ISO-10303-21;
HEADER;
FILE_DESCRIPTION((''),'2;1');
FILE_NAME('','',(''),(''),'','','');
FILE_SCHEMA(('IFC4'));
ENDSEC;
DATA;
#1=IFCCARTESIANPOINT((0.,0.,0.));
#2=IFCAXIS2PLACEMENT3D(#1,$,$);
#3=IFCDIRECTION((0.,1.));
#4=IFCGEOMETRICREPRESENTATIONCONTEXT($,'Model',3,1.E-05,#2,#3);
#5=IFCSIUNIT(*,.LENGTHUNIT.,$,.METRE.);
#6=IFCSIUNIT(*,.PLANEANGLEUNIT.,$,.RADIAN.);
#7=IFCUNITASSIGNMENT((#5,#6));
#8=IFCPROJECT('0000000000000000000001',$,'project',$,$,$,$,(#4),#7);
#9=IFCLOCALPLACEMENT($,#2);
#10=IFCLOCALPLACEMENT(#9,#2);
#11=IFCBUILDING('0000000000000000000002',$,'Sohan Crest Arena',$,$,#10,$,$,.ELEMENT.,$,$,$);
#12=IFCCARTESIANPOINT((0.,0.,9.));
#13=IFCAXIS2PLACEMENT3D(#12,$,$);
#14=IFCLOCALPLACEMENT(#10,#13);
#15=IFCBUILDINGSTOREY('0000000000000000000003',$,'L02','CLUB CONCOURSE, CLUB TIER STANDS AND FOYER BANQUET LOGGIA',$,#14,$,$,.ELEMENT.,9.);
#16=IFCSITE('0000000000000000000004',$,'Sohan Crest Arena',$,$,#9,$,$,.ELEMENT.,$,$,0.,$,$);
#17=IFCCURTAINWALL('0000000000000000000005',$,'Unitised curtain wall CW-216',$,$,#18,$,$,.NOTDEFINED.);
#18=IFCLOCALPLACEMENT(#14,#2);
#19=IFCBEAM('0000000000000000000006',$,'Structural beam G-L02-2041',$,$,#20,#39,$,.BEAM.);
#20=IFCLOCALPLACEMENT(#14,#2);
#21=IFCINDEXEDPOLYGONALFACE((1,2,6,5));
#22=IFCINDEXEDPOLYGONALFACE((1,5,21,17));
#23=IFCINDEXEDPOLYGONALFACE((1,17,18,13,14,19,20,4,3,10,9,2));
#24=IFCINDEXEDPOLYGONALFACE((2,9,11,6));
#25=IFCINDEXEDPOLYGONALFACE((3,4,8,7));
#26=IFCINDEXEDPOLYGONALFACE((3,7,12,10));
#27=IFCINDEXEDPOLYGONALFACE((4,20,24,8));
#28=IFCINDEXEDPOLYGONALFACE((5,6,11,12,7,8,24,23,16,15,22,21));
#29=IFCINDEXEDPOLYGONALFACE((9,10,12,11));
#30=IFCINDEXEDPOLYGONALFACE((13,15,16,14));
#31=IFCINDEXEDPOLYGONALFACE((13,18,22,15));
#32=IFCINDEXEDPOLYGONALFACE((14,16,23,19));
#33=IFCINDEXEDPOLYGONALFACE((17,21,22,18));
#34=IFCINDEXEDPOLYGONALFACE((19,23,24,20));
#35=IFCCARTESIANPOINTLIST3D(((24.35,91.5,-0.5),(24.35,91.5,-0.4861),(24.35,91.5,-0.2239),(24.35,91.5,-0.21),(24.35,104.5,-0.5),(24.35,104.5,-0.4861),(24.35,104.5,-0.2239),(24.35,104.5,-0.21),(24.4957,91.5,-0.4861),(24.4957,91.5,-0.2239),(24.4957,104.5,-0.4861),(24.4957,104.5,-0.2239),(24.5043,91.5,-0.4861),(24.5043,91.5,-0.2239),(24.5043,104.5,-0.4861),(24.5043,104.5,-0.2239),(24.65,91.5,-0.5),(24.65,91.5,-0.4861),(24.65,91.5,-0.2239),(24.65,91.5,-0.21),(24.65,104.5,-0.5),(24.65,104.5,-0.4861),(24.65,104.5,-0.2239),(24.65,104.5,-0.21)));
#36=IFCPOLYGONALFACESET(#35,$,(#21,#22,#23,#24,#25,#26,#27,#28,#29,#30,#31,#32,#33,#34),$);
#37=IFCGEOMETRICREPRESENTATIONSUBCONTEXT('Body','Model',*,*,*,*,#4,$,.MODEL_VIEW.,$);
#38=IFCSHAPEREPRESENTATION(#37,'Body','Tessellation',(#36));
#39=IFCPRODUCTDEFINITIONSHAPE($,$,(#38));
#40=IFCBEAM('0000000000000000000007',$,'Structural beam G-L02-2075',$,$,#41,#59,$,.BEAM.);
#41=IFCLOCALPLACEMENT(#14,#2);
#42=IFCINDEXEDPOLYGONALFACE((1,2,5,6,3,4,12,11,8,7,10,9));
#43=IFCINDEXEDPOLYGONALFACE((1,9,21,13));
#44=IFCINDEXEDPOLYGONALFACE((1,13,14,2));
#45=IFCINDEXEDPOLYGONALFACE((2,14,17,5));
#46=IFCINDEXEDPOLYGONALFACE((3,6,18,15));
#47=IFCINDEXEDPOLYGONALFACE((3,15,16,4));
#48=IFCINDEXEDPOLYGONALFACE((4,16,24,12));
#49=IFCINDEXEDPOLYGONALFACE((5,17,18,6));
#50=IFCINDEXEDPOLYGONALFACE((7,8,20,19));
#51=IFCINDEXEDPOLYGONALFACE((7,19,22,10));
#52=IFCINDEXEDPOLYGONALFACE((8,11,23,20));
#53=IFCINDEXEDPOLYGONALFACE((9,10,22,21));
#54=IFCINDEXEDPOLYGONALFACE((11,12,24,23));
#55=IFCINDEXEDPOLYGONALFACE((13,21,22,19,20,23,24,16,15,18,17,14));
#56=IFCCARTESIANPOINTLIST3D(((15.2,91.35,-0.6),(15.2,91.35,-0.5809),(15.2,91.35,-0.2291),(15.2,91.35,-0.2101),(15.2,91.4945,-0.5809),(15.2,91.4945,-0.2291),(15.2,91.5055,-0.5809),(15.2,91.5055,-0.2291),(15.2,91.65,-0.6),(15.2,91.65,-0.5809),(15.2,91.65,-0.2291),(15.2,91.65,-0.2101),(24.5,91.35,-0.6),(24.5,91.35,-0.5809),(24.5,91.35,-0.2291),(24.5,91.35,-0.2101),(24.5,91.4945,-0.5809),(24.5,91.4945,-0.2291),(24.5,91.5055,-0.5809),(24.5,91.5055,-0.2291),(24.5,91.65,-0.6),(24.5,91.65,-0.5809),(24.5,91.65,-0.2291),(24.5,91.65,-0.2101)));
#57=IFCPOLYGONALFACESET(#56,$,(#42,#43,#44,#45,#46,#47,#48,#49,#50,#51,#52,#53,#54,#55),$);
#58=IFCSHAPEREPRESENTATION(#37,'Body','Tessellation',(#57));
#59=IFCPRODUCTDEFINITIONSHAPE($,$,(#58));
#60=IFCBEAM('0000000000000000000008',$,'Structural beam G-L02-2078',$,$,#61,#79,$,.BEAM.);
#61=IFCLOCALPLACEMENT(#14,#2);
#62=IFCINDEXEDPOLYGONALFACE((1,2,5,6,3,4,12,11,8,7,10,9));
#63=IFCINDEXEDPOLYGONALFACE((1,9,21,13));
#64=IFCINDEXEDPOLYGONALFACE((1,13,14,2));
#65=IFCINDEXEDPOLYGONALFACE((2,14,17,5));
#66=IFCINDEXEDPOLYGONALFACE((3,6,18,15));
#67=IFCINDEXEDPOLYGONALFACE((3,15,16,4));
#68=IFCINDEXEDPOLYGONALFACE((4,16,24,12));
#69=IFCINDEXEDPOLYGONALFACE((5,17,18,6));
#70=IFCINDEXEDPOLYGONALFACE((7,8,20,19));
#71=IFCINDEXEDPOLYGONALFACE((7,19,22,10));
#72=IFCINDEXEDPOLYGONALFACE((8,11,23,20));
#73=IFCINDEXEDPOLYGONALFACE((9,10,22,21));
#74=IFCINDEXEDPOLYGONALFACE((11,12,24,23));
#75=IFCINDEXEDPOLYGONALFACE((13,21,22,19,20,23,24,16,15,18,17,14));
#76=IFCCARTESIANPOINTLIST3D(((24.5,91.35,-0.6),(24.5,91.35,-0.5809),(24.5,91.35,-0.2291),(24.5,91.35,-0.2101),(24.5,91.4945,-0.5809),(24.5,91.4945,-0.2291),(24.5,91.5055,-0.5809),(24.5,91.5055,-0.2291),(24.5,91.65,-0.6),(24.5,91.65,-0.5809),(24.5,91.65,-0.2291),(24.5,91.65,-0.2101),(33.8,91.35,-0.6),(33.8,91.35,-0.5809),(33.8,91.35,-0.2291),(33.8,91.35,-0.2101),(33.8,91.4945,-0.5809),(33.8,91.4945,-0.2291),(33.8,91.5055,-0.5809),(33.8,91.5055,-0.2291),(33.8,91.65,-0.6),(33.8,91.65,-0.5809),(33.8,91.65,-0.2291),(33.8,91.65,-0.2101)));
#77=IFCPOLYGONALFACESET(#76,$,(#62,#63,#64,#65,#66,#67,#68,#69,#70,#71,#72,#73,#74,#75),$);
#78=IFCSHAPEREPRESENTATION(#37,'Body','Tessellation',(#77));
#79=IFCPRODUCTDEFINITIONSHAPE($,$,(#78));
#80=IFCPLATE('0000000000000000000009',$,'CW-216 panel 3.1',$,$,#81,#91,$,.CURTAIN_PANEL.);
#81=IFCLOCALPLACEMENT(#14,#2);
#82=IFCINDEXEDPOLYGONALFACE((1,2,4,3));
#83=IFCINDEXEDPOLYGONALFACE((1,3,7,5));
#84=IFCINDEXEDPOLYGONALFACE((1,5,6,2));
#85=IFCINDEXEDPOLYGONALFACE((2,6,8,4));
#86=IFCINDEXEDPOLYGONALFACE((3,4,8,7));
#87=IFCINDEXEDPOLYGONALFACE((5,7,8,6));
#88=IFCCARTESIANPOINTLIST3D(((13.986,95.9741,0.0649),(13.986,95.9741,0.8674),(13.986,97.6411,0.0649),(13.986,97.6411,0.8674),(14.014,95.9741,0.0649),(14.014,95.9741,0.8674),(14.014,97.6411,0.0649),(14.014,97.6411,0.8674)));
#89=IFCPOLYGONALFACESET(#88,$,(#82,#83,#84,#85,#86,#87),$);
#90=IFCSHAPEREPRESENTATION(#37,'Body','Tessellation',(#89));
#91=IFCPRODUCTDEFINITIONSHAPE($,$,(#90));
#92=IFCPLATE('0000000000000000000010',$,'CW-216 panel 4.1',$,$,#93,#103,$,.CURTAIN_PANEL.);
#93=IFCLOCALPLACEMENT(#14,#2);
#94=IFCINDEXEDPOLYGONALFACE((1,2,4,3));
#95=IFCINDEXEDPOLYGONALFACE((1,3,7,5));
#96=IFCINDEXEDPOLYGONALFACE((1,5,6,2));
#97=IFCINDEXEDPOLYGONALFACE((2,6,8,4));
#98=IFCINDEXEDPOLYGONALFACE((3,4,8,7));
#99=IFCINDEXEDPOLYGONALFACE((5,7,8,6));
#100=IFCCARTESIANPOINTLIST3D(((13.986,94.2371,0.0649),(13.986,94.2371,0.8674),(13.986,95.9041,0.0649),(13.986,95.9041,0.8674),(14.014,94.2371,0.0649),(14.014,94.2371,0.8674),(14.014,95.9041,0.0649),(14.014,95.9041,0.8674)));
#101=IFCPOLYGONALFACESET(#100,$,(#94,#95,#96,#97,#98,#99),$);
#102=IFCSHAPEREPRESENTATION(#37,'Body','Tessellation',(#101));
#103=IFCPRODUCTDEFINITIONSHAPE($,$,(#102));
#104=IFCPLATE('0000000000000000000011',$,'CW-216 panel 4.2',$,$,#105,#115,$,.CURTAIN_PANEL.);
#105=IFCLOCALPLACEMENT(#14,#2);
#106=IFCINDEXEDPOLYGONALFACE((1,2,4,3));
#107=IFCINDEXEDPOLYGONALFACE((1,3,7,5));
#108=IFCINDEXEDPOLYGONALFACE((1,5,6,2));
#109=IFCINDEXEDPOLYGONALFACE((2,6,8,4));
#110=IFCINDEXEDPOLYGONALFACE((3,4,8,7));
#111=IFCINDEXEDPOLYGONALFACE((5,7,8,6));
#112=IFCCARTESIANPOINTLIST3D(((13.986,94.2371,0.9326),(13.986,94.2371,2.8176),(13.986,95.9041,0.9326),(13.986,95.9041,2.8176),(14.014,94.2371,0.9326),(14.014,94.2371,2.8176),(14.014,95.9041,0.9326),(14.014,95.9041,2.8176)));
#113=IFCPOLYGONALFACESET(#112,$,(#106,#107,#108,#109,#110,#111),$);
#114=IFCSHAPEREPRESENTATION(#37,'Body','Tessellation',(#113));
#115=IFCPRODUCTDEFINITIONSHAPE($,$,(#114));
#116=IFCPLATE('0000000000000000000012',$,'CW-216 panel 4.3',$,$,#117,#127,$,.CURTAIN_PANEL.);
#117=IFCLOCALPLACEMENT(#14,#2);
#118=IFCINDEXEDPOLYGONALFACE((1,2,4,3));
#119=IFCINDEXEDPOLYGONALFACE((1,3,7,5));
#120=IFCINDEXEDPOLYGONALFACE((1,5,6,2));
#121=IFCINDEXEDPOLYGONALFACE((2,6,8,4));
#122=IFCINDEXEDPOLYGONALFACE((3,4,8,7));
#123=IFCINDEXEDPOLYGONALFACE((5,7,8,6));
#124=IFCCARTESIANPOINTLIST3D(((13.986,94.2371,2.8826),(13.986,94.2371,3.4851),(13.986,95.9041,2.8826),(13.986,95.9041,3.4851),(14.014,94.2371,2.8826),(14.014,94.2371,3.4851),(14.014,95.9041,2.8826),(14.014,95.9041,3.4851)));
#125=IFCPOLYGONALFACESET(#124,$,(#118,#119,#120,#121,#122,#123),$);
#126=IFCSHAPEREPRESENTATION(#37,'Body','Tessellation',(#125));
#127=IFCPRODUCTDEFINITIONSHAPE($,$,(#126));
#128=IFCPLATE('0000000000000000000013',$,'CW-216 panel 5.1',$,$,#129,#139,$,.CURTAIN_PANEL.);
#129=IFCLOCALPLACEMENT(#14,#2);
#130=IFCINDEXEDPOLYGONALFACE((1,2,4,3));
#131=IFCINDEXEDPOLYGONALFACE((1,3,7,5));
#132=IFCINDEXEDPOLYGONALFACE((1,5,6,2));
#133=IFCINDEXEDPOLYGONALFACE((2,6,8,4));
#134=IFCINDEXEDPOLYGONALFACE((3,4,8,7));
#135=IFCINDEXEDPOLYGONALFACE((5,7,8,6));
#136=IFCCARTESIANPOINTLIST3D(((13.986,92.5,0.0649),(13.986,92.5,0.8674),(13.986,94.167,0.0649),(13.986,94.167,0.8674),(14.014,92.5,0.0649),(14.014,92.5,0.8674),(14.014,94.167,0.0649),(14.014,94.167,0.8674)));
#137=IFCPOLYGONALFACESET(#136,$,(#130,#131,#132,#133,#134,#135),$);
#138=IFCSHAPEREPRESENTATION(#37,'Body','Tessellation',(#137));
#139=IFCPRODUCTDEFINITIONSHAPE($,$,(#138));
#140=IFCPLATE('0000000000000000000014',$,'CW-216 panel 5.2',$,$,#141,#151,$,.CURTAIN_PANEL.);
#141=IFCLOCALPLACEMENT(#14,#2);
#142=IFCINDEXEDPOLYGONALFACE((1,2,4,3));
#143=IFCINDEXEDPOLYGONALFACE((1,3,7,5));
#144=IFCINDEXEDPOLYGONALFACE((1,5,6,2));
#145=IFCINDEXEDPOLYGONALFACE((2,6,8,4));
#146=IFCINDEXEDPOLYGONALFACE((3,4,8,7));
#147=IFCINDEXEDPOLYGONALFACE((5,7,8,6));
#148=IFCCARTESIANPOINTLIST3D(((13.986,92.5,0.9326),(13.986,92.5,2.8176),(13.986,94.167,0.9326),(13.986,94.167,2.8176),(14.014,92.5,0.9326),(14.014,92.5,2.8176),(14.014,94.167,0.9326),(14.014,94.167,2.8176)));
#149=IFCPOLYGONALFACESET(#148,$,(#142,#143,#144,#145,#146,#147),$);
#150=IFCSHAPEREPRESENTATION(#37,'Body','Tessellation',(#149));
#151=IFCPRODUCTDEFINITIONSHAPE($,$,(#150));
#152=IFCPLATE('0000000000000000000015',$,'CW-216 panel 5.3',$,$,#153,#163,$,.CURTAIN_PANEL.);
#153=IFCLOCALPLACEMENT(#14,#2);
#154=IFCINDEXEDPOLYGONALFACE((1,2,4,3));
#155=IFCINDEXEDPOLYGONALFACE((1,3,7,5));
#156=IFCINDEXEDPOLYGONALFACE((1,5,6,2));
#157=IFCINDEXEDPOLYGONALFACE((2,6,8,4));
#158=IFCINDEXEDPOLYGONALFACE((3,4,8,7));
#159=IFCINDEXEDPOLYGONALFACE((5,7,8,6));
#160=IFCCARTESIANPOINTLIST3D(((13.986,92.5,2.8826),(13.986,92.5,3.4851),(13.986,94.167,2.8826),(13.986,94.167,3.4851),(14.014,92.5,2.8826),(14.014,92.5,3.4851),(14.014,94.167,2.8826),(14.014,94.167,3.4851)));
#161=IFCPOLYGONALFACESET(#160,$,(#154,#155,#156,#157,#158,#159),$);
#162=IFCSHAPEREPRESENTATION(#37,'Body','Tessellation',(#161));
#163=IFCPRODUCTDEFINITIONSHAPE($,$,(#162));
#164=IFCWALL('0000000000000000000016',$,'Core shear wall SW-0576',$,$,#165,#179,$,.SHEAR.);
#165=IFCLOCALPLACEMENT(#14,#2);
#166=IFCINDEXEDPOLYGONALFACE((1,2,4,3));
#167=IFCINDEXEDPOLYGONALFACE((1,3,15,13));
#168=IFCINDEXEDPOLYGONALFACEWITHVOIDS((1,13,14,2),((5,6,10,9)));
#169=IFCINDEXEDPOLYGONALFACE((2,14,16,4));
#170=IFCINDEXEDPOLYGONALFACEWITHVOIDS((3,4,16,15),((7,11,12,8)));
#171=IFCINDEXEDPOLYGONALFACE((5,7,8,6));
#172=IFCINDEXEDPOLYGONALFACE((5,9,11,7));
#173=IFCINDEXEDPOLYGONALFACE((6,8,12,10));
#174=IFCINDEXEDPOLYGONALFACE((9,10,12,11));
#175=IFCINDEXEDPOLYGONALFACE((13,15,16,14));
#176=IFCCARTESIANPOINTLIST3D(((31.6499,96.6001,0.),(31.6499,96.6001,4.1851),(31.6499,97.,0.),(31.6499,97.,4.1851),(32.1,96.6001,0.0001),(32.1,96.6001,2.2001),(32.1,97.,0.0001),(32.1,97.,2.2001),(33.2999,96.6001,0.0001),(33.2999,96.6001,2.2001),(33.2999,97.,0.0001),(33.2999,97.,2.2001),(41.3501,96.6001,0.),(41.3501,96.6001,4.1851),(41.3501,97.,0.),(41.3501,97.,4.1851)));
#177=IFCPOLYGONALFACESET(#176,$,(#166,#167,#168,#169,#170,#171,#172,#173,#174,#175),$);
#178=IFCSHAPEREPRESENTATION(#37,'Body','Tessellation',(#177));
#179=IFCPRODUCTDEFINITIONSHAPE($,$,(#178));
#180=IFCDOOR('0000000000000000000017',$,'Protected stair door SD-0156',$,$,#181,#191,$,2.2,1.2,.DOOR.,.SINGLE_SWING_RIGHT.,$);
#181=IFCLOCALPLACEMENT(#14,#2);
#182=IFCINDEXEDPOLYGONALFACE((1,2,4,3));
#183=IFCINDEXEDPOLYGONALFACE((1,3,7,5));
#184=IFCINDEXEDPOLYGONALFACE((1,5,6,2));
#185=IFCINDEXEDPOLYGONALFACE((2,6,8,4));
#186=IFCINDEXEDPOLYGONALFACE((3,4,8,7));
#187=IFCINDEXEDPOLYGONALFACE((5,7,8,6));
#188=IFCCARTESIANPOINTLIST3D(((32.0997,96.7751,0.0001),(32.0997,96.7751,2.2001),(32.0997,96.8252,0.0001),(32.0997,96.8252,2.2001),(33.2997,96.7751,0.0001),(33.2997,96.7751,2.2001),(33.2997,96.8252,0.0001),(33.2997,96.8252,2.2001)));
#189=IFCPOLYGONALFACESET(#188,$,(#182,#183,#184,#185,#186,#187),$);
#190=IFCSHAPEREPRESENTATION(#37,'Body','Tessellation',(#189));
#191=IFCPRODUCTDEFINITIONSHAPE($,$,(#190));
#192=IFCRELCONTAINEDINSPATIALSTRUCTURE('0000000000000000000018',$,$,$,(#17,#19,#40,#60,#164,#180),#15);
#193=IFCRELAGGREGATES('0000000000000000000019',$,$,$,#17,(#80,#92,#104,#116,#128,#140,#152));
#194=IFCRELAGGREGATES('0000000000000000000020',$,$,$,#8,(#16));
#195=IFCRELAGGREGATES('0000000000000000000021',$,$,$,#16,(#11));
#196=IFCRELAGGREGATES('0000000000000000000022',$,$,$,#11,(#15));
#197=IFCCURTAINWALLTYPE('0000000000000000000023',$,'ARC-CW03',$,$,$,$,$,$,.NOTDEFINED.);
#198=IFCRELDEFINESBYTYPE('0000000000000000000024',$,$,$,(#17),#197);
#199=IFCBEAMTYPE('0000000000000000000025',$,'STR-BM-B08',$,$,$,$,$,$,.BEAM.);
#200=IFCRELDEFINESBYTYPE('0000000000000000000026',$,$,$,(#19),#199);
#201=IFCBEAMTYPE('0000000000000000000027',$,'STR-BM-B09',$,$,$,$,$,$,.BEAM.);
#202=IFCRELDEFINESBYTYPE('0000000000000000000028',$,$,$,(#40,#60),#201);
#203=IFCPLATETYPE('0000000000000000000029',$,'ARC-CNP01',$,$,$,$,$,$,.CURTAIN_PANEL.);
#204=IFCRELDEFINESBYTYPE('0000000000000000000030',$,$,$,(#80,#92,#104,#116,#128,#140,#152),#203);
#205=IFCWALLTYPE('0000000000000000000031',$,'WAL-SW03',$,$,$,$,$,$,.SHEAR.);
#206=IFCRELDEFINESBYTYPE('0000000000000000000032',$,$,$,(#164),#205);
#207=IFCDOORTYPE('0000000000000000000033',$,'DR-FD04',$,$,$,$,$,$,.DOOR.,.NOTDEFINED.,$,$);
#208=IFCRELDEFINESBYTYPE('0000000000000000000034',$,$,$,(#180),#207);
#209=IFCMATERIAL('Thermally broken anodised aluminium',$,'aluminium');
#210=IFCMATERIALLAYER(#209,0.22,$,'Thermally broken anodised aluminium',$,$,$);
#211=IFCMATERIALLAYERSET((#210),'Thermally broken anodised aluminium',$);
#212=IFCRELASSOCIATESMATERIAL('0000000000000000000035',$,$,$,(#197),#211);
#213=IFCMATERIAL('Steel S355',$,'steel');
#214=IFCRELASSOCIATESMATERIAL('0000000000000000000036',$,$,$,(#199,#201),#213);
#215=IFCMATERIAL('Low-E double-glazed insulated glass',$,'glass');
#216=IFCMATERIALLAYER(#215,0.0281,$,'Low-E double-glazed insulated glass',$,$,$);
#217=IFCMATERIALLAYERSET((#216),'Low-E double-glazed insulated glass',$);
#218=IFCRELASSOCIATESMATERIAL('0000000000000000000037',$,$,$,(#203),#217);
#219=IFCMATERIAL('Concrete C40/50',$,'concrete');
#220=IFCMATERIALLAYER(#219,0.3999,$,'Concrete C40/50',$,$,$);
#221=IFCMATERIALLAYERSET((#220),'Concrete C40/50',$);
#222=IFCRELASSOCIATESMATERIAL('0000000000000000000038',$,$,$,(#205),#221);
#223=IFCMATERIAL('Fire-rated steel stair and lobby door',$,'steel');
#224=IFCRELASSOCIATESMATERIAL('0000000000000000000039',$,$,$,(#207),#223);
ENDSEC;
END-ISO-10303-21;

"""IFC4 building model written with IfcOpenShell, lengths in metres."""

from ifc_helpers import new_model, si_unit, direction, frame, frame_2d, origin, origin_2d, place, context, subcontext, project, spatial, rectangle, i_section, extrude, material, layer, layer_set, material_profile, profile_set, type_object, element, fill, aggregate, save


model = new_model("IFC4")

# Units and contexts
model_context = context("Model", 3, precision=1e-05, world=origin(), true_north=direction((0.0, 1.0)))
body_context = subcontext(model_context, "Body", "Model", "MODEL_VIEW")
ifc_project = project(units=[si_unit("LENGTHUNIT", "METRE"), si_unit("PLANEANGLEUNIT", "RADIAN")], contexts=[model_context])

# Site, building, storey
site_placement = place(None, origin())
site = spatial("IfcSite", under=ifc_project, at=site_placement, Name="Sohan Crest Arena", CompositionType="ELEMENT", RefElevation=0.0)
building_placement = place(site_placement, origin())
building = spatial("IfcBuilding", under=site, at=building_placement, Name="Sohan Crest Arena", CompositionType="ELEMENT")
storey_placement = place(building_placement, frame((0.0, 0.0, 9.0)))
storey = spatial("IfcBuildingStorey", under=building, at=storey_placement, Name="L02", Description="CLUB CONCOURSE, CLUB TIER STANDS AND FOYER BANQUET LOGGIA", CompositionType="ELEMENT", Elevation=9.0)

# Shared definitions
ifc_material_1 = material(Name="Concrete C40/50", Category="concrete")

# Curtain wall
ifc_material_2 = material(Name="Thermally broken anodised aluminium", Category="aluminium")
ifc_layer_1 = layer(ifc_material_2, 0.22, Name="Thermally broken anodised aluminium")
ifc_layer_set_1 = layer_set([ifc_layer_1], Name="Thermally broken anodised aluminium")
curtain_wall_type = type_object("IfcCurtainWallType", Name="ARC-CW03", PredefinedType="NOTDEFINED", material=ifc_layer_set_1)
curtain_wall_placement = place(storey_placement, origin())
curtain_wall = element("IfcCurtainWall", 1, at=curtain_wall_placement, inside=storey, type_object=curtain_wall_type, Name="Unitised curtain wall CW-216", PredefinedType="NOTDEFINED")

# Beams
ifc_material_3 = material(Name="Steel S355", Category="steel")
ifc_material_profile_1 = material_profile(ifc_material_3, i_section(OverallWidth=0.3, OverallDepth=0.29, WebThickness=0.0085, FlangeThickness=0.0139, at=origin_2d()), Name="HEA 300")
ifc_profile_set_1 = profile_set([ifc_material_profile_1], Name="Steel S355")
beam_type_1 = type_object("IfcBeamType", Name="STR-BM-B08", PredefinedType="BEAM", material=ifc_profile_set_1)
beam_1_placement = place(storey_placement, frame((24.5, 91.5, -0.355), z_axis=(0.0, 1.0, 0.0), x_axis=(-1.0, 0.0, 0.0)))
element("IfcBeam", 2, at=beam_1_placement, inside=storey, type_object=beam_type_1, Name="Structural beam G-L02-2041", PredefinedType="BEAM", context=body_context, shape_type="SweptSolid", body=[
    extrude(i_section(OverallWidth=0.3, OverallDepth=0.29, WebThickness=0.0085, FlangeThickness=0.0139, at=origin_2d()), origin(), (0.0, 0.0, 1.0), 13.0),
])
ifc_material_profile_2 = material_profile(ifc_material_3, i_section(OverallWidth=0.3, OverallDepth=0.3899, WebThickness=0.011, FlangeThickness=0.019, at=origin_2d()), Name="HEA 400")
ifc_profile_set_2 = profile_set([ifc_material_profile_2], Name="Steel S355")
beam_type_2 = type_object("IfcBeamType", Name="STR-BM-B09", PredefinedType="BEAM", material=ifc_profile_set_2)
for number, where, z_axis, x_axis, name in (
    (3, (15.2, 91.5, -0.405), (1.0, 0.0, 0.0), (0.0, 1.0, 0.0), "Structural beam G-L02-2075"),
    (4, (24.5, 91.5, -0.405), (1.0, 0.0, 0.0), (0.0, 1.0, 0.0), "Structural beam G-L02-2078"),
):
    element("IfcBeam", number, at=place(storey_placement, frame(where, z_axis=z_axis, x_axis=x_axis)), inside=storey, type_object=beam_type_2, Name=name, PredefinedType="BEAM", context=body_context, shape_type="SweptSolid", body=[
        extrude(i_section(OverallWidth=0.3, OverallDepth=0.3899, WebThickness=0.011, FlangeThickness=0.019, at=origin_2d()), origin(), (0.0, 0.0, 1.0), 9.3),
    ])

# Plates
ifc_material_4 = material(Name="Low-E double-glazed insulated glass", Category="glass")
ifc_layer_2 = layer(ifc_material_4, 0.0281, Name="Low-E double-glazed insulated glass")
ifc_layer_set_2 = layer_set([ifc_layer_2], Name="Low-E double-glazed insulated glass")
plate_type = type_object("IfcPlateType", Name="ARC-CNP01", PredefinedType="CURTAIN_PANEL", material=ifc_layer_set_2)
plate_1_placement = place(storey_placement, frame((14.0, 96.8076, 0.0649), z_axis=(0.0, 0.0, 1.0), x_axis=(0.0, -1.0, 0.0)))
plate_1 = element("IfcPlate", 5, at=plate_1_placement, type_object=plate_type, Name="CW-216 panel 3.1", PredefinedType="CURTAIN_PANEL", context=body_context, shape_type="SweptSolid", body=[
    extrude(rectangle(XDim=1.667, YDim=0.0281, at=origin_2d()), origin(), (0.0, 0.0, 1.0), 0.8025),
])
plate_2_placement = place(storey_placement, frame((14.0, 95.0706, 0.0649), z_axis=(0.0, 0.0, 1.0), x_axis=(0.0, -1.0, 0.0)))
plate_2 = element("IfcPlate", 6, at=plate_2_placement, type_object=plate_type, Name="CW-216 panel 4.1", PredefinedType="CURTAIN_PANEL", context=body_context, shape_type="SweptSolid", body=[
    extrude(rectangle(XDim=1.667, YDim=0.0281, at=origin_2d()), origin(), (0.0, 0.0, 1.0), 0.8025),
])
plate_3_placement = place(storey_placement, frame((14.0, 95.0706, 0.9326), z_axis=(0.0, 0.0, 1.0), x_axis=(0.0, -1.0, 0.0)))
plate_3 = element("IfcPlate", 7, at=plate_3_placement, type_object=plate_type, Name="CW-216 panel 4.2", PredefinedType="CURTAIN_PANEL", context=body_context, shape_type="SweptSolid", body=[
    extrude(rectangle(XDim=1.667, YDim=0.0281, at=origin_2d()), origin(), (0.0, 0.0, 1.0), 1.885),
])
plate_4_placement = place(storey_placement, frame((14.0, 95.0706, 2.8826), z_axis=(0.0, 0.0, 1.0), x_axis=(0.0, -1.0, 0.0)))
plate_4 = element("IfcPlate", 8, at=plate_4_placement, type_object=plate_type, Name="CW-216 panel 4.3", PredefinedType="CURTAIN_PANEL", context=body_context, shape_type="SweptSolid", body=[
    extrude(rectangle(XDim=1.667, YDim=0.0281, at=origin_2d()), origin(), (0.0, 0.0, 1.0), 0.6025),
])
plate_5_placement = place(storey_placement, frame((14.0, 93.3335, 0.0649), z_axis=(0.0, 0.0, 1.0), x_axis=(0.0, -1.0, 0.0)))
plate_5 = element("IfcPlate", 9, at=plate_5_placement, type_object=plate_type, Name="CW-216 panel 5.1", PredefinedType="CURTAIN_PANEL", context=body_context, shape_type="SweptSolid", body=[
    extrude(rectangle(XDim=1.667, YDim=0.0281, at=origin_2d()), origin(), (0.0, 0.0, 1.0), 0.8025),
])
plate_6_placement = place(storey_placement, frame((14.0, 93.3335, 0.9326), z_axis=(0.0, 0.0, 1.0), x_axis=(0.0, -1.0, 0.0)))
plate_6 = element("IfcPlate", 10, at=plate_6_placement, type_object=plate_type, Name="CW-216 panel 5.2", PredefinedType="CURTAIN_PANEL", context=body_context, shape_type="SweptSolid", body=[
    extrude(rectangle(XDim=1.667, YDim=0.0281, at=origin_2d()), origin(), (0.0, 0.0, 1.0), 1.885),
])
plate_7_placement = place(storey_placement, frame((14.0, 93.3335, 2.8826), z_axis=(0.0, 0.0, 1.0), x_axis=(0.0, -1.0, 0.0)))
plate_7 = element("IfcPlate", 11, at=plate_7_placement, type_object=plate_type, Name="CW-216 panel 5.3", PredefinedType="CURTAIN_PANEL", context=body_context, shape_type="SweptSolid", body=[
    extrude(rectangle(XDim=1.667, YDim=0.0281, at=origin_2d()), origin(), (0.0, 0.0, 1.0), 0.6025),
])
aggregate(curtain_wall, [plate_1, plate_2, plate_3, plate_4, plate_5, plate_6, plate_7])

# Wall, opening, door
ifc_layer_3 = layer(ifc_material_1, 0.3999, Name="Concrete C40/50")
ifc_layer_set_3 = layer_set([ifc_layer_3], Name="Concrete C40/50")
wall_type = type_object("IfcWallType", Name="WAL-SW03", PredefinedType="SHEAR", material=ifc_layer_set_3)
wall_placement = place(storey_placement, frame((31.6499, 96.8, 0.0), z_axis=(0.0, 0.0, 1.0), x_axis=(1.0, 0.0, 0.0)))
wall = element("IfcWall", 12, at=wall_placement, inside=storey, type_object=wall_type, Name="Core shear wall SW-0576", PredefinedType="SHEAR", context=body_context, shape_type="SweptSolid", body=[
    extrude(rectangle(XDim=9.7002, YDim=0.3999, at=frame_2d((4.8501, 0.0))), origin(), (0.0, 0.0, 1.0), 4.1851),
])
opening_placement = place(wall_placement, frame((0.45, 0.0, 0.0)))
opening = element("IfcOpeningElement", 13, at=opening_placement, cuts=wall, PredefinedType="OPENING", context=body_context, shape_type="SweptSolid", body=[
    extrude(rectangle(XDim=1.2, YDim=2.2, at=frame_2d((0.6001, 1.1001))), frame((0.0, 0.21, 0.0), z_axis=(0.0, -1.0, 0.0), x_axis=(1.0, 0.0, 0.0)), (0.0, 0.0, 1.0), 0.4199),
])
ifc_material_5 = material(Name="Fire-rated steel stair and lobby door", Category="steel")
door_type = type_object("IfcDoorType", Name="DR-FD04", OperationType="NOTDEFINED", PredefinedType="DOOR", material=ifc_material_5)
door_placement = place(opening_placement, frame((1.2, 0.0, 0.0), z_axis=(0.0, 0.0, 1.0), x_axis=(-1.0, 0.0, 0.0)))
door = element("IfcDoor", 14, at=door_placement, inside=storey, type_object=door_type, Name="Protected stair door SD-0156", OperationType="SINGLE_SWING_RIGHT", OverallHeight=2.2, OverallWidth=1.2, PredefinedType="DOOR", context=body_context, shape_type="SweptSolid", body=[
    extrude(rectangle(XDim=1.2, YDim=2.2, at=frame_2d((0.6001, 1.1001))), frame((0.0, 0.0249, 0.0), z_axis=(0.0, -1.0, 0.0), x_axis=(1.0, 0.0, 0.0)), (0.0, 0.0, 1.0), 0.05),
])
fill(opening, door)

save(model, "model.ifc")
